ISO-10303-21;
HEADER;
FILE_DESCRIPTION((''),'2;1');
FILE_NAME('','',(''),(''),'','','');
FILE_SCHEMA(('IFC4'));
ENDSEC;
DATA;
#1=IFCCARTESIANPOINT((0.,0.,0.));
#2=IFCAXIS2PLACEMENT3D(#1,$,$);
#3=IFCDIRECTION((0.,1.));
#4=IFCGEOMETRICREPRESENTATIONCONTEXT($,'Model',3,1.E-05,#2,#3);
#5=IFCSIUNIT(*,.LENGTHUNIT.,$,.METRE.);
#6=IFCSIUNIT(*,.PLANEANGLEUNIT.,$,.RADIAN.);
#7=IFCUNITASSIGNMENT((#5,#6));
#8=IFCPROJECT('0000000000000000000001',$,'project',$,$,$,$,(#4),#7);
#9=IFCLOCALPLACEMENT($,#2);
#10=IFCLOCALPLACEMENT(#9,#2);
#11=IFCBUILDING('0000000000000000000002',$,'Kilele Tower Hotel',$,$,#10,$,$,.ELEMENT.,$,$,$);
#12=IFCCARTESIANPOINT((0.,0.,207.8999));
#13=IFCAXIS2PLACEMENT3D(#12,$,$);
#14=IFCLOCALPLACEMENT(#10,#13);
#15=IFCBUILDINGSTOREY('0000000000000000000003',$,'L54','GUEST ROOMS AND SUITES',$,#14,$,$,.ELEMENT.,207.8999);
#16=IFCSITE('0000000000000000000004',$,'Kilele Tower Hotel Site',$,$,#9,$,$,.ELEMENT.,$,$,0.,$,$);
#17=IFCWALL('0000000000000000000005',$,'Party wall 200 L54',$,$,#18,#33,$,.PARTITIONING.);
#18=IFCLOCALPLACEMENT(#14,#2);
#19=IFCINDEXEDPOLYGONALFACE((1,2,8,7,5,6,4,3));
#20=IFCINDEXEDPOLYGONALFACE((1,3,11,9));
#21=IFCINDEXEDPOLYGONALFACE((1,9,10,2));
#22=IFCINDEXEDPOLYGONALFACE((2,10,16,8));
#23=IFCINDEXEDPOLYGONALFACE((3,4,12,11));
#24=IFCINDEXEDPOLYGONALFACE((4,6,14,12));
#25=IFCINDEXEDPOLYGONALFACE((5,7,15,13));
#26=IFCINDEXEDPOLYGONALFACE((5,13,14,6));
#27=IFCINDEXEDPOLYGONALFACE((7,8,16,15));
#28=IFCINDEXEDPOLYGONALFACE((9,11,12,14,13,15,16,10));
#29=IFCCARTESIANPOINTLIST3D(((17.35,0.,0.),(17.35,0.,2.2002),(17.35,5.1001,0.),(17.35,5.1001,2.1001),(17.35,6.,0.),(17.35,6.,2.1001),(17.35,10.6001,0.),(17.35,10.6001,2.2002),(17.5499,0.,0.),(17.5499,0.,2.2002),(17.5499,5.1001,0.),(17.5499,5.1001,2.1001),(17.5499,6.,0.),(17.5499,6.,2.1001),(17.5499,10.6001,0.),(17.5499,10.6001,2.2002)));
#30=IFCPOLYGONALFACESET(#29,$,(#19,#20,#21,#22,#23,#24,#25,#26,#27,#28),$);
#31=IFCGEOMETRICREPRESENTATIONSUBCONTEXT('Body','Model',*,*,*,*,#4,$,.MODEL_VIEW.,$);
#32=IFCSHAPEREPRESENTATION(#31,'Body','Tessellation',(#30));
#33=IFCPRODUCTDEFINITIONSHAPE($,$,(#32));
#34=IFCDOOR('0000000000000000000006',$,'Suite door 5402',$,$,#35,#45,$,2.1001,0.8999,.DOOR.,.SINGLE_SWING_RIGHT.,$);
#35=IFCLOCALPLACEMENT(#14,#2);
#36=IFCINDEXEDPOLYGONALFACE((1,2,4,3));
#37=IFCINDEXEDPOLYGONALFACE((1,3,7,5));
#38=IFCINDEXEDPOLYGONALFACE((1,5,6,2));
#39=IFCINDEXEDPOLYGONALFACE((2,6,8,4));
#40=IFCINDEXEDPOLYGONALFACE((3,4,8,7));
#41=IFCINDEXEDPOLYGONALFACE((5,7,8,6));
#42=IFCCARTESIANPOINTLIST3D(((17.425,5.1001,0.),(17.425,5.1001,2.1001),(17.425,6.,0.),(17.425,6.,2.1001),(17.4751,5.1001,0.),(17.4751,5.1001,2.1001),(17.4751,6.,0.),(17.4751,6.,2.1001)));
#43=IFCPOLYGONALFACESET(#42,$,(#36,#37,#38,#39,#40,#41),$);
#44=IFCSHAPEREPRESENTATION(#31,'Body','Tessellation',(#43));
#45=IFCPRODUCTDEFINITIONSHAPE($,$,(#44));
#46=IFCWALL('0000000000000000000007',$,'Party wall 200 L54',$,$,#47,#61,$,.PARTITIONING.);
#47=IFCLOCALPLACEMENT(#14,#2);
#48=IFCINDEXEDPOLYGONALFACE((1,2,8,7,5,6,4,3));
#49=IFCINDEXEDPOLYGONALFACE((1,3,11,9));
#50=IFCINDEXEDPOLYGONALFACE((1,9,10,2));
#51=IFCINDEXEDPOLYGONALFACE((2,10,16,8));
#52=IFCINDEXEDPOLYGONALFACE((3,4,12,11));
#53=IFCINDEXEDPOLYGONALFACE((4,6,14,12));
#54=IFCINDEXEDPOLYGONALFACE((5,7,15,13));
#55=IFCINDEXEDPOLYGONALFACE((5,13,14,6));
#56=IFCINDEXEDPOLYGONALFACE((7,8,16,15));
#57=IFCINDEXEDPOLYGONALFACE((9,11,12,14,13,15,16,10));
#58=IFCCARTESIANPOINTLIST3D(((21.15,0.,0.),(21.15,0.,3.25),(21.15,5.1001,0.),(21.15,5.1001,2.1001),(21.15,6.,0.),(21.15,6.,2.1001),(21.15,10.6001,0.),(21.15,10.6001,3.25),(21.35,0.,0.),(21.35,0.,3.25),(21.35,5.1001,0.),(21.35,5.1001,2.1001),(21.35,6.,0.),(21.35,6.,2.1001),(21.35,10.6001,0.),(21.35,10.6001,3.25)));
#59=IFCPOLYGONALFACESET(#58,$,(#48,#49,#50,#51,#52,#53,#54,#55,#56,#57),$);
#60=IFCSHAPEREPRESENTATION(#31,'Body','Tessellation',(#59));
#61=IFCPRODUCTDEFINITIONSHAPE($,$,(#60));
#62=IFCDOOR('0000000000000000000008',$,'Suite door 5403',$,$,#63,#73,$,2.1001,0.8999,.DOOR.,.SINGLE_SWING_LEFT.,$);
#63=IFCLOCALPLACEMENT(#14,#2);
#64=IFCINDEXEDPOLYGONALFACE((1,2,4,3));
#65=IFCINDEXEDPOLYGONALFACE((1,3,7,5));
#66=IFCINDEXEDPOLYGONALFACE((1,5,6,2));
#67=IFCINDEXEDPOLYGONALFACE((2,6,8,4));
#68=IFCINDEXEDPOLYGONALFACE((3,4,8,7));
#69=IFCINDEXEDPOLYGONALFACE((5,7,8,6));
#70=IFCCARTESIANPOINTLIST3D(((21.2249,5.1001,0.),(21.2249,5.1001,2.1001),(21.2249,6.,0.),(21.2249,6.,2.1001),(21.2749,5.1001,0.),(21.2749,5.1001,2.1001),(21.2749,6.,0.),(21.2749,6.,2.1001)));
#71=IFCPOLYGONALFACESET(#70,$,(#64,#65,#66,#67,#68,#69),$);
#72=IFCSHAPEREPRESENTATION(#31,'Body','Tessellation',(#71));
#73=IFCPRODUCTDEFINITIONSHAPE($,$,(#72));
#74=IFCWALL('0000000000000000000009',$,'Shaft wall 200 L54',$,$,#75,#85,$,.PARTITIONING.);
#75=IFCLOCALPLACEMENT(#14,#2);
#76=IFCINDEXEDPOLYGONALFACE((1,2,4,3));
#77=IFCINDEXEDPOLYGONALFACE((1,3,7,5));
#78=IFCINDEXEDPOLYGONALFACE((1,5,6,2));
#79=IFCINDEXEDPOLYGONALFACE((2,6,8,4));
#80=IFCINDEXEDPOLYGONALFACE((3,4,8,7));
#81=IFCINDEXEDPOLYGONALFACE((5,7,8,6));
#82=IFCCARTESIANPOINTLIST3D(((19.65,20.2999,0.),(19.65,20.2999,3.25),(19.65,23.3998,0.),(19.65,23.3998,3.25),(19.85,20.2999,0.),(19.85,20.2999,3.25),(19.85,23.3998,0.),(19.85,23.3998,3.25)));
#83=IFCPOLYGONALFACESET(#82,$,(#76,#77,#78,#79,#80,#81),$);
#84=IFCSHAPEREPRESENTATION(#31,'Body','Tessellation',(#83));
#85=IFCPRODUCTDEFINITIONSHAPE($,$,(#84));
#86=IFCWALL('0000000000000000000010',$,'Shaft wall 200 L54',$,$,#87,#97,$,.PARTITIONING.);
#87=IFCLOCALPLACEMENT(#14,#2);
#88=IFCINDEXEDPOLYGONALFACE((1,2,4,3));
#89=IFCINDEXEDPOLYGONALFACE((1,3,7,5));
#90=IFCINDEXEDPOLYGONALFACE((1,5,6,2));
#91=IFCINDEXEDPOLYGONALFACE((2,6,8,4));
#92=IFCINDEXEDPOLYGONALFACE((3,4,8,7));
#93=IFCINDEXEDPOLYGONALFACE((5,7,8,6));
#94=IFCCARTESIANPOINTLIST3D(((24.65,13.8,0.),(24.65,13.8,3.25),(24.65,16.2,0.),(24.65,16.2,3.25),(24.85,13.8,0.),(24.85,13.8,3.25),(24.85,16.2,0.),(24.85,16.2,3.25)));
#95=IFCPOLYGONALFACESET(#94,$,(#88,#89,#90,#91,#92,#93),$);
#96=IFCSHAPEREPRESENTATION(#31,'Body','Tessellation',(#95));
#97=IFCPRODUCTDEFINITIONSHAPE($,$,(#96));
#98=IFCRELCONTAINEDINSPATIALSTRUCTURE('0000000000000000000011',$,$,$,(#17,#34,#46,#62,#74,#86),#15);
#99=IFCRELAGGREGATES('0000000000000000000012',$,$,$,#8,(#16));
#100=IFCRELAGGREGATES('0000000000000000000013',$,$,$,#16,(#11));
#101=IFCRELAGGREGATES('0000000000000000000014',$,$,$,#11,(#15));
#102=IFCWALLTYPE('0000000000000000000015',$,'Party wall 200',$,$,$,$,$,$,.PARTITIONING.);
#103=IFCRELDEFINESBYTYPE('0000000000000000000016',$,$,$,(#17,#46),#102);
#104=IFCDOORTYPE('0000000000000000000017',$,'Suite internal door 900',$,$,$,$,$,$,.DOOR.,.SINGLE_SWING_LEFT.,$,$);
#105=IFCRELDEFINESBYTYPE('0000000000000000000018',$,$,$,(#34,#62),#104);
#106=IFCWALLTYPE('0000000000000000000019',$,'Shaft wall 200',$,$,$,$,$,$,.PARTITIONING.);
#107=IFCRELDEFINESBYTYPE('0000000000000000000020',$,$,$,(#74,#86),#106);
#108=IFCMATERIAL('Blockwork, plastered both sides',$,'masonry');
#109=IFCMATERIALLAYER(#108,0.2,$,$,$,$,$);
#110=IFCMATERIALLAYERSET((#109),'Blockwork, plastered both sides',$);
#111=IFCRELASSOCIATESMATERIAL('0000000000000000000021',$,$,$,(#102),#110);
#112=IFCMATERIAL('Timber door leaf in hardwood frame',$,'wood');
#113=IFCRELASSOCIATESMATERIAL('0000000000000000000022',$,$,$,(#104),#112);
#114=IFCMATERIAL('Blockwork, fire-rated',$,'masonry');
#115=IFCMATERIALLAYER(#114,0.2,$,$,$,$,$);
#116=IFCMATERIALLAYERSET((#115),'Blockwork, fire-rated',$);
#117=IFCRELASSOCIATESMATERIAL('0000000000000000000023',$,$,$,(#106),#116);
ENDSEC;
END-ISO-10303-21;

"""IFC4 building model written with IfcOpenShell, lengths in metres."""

from ifc_helpers import new_model, si_unit, direction, frame, frame_2d, origin, place, context, subcontext, project, spatial, rectangle, extrude, material, layer, layer_set, type_object, element, fill, save


model = new_model("IFC4")

# Units and contexts
model_context = context("Model", 3, precision=1e-05, world=origin(), true_north=direction((0.0, 1.0)))
body_context = subcontext(model_context, "Body", "Model", "MODEL_VIEW")
ifc_project = project(units=[si_unit("LENGTHUNIT", "METRE"), si_unit("PLANEANGLEUNIT", "RADIAN")], contexts=[model_context])

# Site, building, storey
site_placement = place(None, origin())
site = spatial("IfcSite", under=ifc_project, at=site_placement, Name="Kilele Tower Hotel Site", CompositionType="ELEMENT", RefElevation=0.0)
building_placement = place(site_placement, origin())
building = spatial("IfcBuilding", under=site, at=building_placement, Name="Kilele Tower Hotel", CompositionType="ELEMENT")
storey_placement = place(building_placement, frame((0.0, 0.0, 207.8999)))
storey = spatial("IfcBuildingStorey", under=building, at=storey_placement, Name="L54", Description="GUEST ROOMS AND SUITES", CompositionType="ELEMENT", Elevation=207.8999)

# Walls, openings, doors
ifc_material_1 = material(Name="Blockwork, plastered both sides", Category="masonry")
ifc_layer_1 = layer(ifc_material_1, 0.2)
ifc_layer_set_1 = layer_set([ifc_layer_1], Name="Blockwork, plastered both sides")
wall_type_1 = type_object("IfcWallType", Name="Party wall 200", PredefinedType="PARTITIONING", material=ifc_layer_set_1)
wall_1_placement = place(storey_placement, frame((17.45, 10.6001, 0.0), z_axis=(0.0, 0.0, 1.0), x_axis=(0.0, -1.0, 0.0)))
wall_1 = element("IfcWall", 1, at=wall_1_placement, inside=storey, type_object=wall_type_1, Name="Party wall 200 L54", PredefinedType="PARTITIONING", context=body_context, shape_type="SweptSolid", body=[
    extrude(rectangle(XDim=10.6001, YDim=0.2, at=frame_2d((5.3, 0.0))), origin(), (0.0, 0.0, 1.0), 2.2002),
])
opening_1_placement = place(wall_1_placement, frame((5.5, 0.0, 0.0), z_axis=(0.0, 0.0, 1.0), x_axis=(-1.0, 0.0, 0.0)))
opening_1 = element("IfcOpeningElement", 2, at=opening_1_placement, cuts=wall_1, PredefinedType="OPENING", context=body_context, shape_type="SweptSolid", body=[
    extrude(rectangle(XDim=0.8999, YDim=2.1001, at=frame_2d((0.45, 1.05))), frame((0.0, 0.1099, 0.0), z_axis=(0.0, -1.0, 0.0), x_axis=(1.0, 0.0, 0.0)), (0.0, 0.0, 1.0), 0.22),
])
ifc_material_2 = material(Name="Timber door leaf in hardwood frame", Category="wood")
door_type_1 = type_object("IfcDoorType", Name="Suite internal door 900", OperationType="SINGLE_SWING_LEFT", PredefinedType="DOOR", material=ifc_material_2)
door_1_placement = place(opening_1_placement, origin())
door_1 = element("IfcDoor", 3, at=door_1_placement, inside=storey, type_object=door_type_1, Name="Suite door 5402", OperationType="SINGLE_SWING_RIGHT", OverallHeight=2.1001, OverallWidth=0.8999, PredefinedType="DOOR", context=body_context, shape_type="SweptSolid", body=[
    extrude(rectangle(XDim=0.8999, YDim=2.1001, at=frame_2d((0.45, 1.05))), frame((0.0, 0.0249, 0.0), z_axis=(0.0, -1.0, 0.0), x_axis=(1.0, 0.0, 0.0)), (0.0, 0.0, 1.0), 0.05),
])
fill(opening_1, door_1)
wall_2_placement = place(storey_placement, frame((21.25, 10.6001, 0.0), z_axis=(0.0, 0.0, 1.0), x_axis=(0.0, -1.0, 0.0)))
wall_2 = element("IfcWall", 4, at=wall_2_placement, inside=storey, type_object=wall_type_1, Name="Party wall 200 L54", PredefinedType="PARTITIONING", context=body_context, shape_type="SweptSolid", body=[
    extrude(rectangle(XDim=10.6001, YDim=0.2, at=frame_2d((5.3, 0.0))), origin(), (0.0, 0.0, 1.0), 3.25),
])
opening_2_placement = place(wall_2_placement, frame((4.6001, 0.0, 0.0)))
opening_2 = element("IfcOpeningElement", 5, at=opening_2_placement, cuts=wall_2, PredefinedType="OPENING", context=body_context, shape_type="SweptSolid", body=[
    extrude(rectangle(XDim=0.8999, YDim=2.1001, at=frame_2d((0.45, 1.05))), frame((0.0, 0.1099, 0.0), z_axis=(0.0, -1.0, 0.0), x_axis=(1.0, 0.0, 0.0)), (0.0, 0.0, 1.0), 0.22),
])
door_2_placement = place(opening_2_placement, origin())
door_2 = element("IfcDoor", 6, at=door_2_placement, inside=storey, type_object=door_type_1, Name="Suite door 5403", OperationType="SINGLE_SWING_LEFT", OverallHeight=2.1001, OverallWidth=0.8999, PredefinedType="DOOR", context=body_context, shape_type="SweptSolid", body=[
    extrude(rectangle(XDim=0.8999, YDim=2.1001, at=frame_2d((0.45, 1.05))), frame((0.0, 0.0249, 0.0), z_axis=(0.0, -1.0, 0.0), x_axis=(1.0, 0.0, 0.0)), (0.0, 0.0, 1.0), 0.05),
])
fill(opening_2, door_2)

# Walls
ifc_material_3 = material(Name="Blockwork, fire-rated", Category="masonry")
ifc_layer_2 = layer(ifc_material_3, 0.2)
ifc_layer_set_2 = layer_set([ifc_layer_2], Name="Blockwork, fire-rated")
wall_type_2 = type_object("IfcWallType", Name="Shaft wall 200", PredefinedType="PARTITIONING", material=ifc_layer_set_2)
wall_3_placement = place(storey_placement, frame((19.75, 20.3, 0.0), z_axis=(0.0, 0.0, 1.0), x_axis=(0.0, 1.0, 0.0)))
element("IfcWall", 7, at=wall_3_placement, inside=storey, type_object=wall_type_2, Name="Shaft wall 200 L54", PredefinedType="PARTITIONING", context=body_context, shape_type="SweptSolid", body=[
    extrude(rectangle(XDim=3.0999, YDim=0.2, at=frame_2d((1.5498, 0.0))), origin(), (0.0, 0.0, 1.0), 3.25),
])
wall_4_placement = place(storey_placement, frame((24.75, 13.8, 0.0), z_axis=(0.0, 0.0, 1.0), x_axis=(0.0, 1.0, 0.0)))
element("IfcWall", 8, at=wall_4_placement, inside=storey, type_object=wall_type_2, Name="Shaft wall 200 L54", PredefinedType="PARTITIONING", context=body_context, shape_type="SweptSolid", body=[
    extrude(rectangle(XDim=2.3999, YDim=0.2, at=frame_2d((1.2, 0.0))), origin(), (0.0, 0.0, 1.0), 3.25),
])

save(model, "model.ifc")
